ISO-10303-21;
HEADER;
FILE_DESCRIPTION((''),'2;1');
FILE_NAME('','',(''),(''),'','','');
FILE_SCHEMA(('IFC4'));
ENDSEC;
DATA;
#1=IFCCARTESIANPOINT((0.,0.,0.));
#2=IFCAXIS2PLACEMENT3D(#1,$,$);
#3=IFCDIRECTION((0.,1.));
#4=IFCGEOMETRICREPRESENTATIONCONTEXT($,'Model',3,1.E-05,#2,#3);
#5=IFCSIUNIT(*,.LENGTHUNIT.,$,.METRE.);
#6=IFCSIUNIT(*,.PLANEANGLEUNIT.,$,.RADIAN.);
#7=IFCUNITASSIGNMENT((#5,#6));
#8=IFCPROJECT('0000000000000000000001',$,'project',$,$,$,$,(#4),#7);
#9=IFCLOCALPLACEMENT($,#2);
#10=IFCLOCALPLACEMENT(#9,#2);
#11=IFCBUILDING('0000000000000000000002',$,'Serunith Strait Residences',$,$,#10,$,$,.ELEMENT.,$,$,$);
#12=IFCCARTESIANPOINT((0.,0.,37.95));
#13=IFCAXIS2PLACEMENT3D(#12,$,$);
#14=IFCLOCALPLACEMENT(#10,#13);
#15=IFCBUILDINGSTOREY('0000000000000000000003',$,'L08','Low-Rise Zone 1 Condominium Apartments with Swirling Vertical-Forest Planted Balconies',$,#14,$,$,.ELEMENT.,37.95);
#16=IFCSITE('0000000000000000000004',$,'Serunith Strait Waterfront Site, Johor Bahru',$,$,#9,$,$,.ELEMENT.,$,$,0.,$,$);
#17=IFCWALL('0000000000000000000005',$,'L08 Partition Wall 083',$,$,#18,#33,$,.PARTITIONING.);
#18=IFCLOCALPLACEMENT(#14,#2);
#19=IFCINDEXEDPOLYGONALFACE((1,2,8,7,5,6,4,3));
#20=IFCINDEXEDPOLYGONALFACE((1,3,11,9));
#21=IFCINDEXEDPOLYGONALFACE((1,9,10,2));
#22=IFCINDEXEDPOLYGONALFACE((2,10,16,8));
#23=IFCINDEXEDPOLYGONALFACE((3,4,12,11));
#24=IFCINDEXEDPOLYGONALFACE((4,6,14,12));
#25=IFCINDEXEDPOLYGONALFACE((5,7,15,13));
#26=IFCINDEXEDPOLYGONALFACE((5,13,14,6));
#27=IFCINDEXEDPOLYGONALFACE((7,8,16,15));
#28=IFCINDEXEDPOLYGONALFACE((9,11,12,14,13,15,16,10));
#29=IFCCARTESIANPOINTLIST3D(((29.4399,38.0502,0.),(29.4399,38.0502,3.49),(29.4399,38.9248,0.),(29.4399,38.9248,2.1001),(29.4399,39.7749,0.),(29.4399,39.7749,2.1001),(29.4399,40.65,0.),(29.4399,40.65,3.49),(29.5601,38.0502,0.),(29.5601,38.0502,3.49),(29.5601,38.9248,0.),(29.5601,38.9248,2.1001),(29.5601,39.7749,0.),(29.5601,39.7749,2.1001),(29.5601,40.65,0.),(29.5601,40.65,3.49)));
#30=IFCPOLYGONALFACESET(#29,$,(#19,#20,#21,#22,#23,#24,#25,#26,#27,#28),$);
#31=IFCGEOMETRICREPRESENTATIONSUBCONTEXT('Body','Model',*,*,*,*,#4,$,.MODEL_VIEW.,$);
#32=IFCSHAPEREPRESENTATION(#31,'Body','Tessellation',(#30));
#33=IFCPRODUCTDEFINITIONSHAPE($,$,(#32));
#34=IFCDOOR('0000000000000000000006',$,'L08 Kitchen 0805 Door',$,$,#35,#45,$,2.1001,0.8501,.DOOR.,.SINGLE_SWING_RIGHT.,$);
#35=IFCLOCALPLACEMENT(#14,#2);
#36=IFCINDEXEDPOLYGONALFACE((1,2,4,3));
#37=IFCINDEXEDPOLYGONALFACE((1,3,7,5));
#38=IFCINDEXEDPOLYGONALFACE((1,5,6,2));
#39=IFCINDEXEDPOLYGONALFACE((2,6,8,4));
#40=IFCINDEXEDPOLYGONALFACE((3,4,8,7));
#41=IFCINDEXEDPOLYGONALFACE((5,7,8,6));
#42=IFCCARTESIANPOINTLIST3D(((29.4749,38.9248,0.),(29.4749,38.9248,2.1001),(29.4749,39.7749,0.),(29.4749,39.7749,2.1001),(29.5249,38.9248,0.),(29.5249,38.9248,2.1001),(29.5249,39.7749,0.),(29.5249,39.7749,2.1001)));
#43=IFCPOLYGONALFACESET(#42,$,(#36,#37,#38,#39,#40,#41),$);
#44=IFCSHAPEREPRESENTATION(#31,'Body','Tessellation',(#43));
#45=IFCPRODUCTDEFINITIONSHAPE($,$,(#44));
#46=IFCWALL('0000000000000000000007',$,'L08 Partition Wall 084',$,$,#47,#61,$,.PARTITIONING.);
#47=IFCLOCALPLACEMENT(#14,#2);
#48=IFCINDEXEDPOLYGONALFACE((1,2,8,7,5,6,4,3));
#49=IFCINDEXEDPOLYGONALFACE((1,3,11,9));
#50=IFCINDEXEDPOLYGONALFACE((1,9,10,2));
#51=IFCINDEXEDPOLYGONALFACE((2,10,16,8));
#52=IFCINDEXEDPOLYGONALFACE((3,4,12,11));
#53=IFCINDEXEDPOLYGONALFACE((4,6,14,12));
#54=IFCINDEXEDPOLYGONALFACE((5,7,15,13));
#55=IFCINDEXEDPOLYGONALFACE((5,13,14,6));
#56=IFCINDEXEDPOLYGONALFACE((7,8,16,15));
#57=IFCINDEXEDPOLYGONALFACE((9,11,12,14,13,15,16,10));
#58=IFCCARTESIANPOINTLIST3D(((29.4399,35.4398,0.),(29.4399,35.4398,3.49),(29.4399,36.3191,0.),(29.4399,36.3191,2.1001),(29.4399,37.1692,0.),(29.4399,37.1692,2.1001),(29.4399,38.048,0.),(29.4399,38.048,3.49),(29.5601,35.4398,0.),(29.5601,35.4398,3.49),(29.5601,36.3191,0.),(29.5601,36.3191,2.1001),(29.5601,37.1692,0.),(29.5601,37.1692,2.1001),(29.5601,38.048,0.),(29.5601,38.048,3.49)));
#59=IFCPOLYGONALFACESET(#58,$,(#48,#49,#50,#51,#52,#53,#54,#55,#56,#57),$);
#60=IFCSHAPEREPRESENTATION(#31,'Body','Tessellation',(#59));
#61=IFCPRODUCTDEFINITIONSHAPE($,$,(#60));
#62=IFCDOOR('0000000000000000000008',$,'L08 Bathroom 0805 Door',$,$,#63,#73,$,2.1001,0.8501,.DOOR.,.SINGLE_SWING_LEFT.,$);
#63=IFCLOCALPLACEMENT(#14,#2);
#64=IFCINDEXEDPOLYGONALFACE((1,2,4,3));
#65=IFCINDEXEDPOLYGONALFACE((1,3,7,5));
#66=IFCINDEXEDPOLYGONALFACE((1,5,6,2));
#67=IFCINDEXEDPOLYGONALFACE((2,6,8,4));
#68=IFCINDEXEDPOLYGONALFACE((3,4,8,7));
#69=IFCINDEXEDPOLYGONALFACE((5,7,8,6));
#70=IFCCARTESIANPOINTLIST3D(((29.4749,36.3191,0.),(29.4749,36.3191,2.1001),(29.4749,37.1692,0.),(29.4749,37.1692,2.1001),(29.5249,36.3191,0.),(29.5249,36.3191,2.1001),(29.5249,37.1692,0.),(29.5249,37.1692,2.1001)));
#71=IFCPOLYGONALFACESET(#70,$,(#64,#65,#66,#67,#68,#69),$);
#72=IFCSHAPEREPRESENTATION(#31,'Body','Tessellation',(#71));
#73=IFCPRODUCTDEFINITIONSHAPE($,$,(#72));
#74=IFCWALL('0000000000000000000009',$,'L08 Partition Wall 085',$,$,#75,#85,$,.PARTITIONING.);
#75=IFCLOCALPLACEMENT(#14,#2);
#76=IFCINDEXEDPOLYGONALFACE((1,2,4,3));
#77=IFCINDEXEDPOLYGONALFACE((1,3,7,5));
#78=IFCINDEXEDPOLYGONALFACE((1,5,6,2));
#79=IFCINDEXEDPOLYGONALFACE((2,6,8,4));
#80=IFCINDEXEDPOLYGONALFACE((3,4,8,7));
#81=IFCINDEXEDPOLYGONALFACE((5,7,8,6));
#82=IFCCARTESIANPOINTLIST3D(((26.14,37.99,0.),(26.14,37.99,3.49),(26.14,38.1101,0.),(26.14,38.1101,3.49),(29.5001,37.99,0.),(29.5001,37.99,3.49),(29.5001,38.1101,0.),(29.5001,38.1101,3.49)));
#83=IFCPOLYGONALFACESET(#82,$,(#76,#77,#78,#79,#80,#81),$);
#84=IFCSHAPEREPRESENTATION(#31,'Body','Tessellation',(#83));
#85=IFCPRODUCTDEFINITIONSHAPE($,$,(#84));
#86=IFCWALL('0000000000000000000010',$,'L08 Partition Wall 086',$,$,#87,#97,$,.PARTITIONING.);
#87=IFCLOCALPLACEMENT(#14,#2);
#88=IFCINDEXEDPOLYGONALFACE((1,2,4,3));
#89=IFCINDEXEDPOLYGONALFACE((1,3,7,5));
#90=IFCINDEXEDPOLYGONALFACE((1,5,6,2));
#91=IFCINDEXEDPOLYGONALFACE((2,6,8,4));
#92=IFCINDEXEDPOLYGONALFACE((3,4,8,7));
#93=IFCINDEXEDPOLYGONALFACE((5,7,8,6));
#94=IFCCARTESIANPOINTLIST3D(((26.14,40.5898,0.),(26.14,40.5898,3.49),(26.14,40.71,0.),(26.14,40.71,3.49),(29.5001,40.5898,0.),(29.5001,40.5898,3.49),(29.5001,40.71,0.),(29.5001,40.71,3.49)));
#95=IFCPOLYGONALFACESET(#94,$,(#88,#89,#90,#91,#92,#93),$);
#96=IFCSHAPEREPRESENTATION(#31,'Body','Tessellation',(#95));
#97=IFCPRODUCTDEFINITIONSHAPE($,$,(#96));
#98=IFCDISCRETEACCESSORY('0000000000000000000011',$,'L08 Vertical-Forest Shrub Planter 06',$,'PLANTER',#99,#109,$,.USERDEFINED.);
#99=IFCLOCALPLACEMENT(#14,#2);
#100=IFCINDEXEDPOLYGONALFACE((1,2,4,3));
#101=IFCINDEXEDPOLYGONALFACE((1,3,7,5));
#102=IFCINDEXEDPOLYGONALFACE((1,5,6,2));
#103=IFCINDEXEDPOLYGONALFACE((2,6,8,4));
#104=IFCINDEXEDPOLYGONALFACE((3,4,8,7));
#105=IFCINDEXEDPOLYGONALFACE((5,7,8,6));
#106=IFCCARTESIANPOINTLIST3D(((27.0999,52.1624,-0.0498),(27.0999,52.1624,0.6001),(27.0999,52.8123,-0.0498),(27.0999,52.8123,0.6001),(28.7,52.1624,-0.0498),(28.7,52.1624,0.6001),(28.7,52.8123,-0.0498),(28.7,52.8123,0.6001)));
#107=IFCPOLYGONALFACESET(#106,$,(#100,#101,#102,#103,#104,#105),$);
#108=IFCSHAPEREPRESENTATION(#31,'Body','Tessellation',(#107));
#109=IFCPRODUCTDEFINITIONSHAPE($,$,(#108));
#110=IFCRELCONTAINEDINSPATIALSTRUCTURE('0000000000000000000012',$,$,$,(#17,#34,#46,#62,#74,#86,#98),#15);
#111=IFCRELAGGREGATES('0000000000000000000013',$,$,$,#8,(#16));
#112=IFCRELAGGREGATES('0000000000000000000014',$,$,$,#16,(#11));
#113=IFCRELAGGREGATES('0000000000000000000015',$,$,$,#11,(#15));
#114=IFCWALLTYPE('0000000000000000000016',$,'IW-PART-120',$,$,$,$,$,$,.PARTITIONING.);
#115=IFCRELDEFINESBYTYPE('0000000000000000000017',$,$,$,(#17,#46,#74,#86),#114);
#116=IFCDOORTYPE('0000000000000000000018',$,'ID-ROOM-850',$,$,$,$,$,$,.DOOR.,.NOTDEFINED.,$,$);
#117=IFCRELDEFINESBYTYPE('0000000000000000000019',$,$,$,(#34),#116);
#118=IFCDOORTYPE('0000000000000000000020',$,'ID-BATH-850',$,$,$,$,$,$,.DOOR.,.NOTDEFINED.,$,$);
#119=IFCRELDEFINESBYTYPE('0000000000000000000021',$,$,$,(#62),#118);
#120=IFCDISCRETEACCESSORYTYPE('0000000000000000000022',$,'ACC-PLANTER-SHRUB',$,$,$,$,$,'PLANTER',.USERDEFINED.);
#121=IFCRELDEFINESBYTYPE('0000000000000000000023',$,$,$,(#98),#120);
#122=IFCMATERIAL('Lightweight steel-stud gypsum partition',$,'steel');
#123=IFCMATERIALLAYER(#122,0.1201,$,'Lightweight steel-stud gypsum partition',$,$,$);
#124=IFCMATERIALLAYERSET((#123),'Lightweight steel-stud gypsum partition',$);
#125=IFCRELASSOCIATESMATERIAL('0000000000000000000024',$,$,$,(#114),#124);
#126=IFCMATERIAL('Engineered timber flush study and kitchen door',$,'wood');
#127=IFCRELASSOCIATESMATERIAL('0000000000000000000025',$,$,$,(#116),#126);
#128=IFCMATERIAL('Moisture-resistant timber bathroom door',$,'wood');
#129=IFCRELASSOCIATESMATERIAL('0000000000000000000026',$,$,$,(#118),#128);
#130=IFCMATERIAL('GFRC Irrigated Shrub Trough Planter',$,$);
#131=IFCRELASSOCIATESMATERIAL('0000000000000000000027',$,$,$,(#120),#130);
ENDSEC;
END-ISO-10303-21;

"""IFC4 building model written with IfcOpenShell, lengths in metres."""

from ifc_helpers import new_model, si_unit, direction, frame, frame_2d, origin, origin_2d, place, context, subcontext, project, spatial, rectangle, extrude, source, transform, mapped, material, layer, layer_set, type_object, element, fill, save


model = new_model("IFC4")

# Units and contexts
model_context = context("Model", 3, precision=1e-05, world=origin(), true_north=direction((0.0, 1.0)))
body_context = subcontext(model_context, "Body", "Model", "MODEL_VIEW")
ifc_project = project(units=[si_unit("LENGTHUNIT", "METRE"), si_unit("PLANEANGLEUNIT", "RADIAN")], contexts=[model_context])

# Site, building, storey
site_placement = place(None, origin())
site = spatial("IfcSite", under=ifc_project, at=site_placement, Name="Serunith Strait Waterfront Site, Johor Bahru", CompositionType="ELEMENT", RefElevation=0.0)
building_placement = place(site_placement, origin())
building = spatial("IfcBuilding", under=site, at=building_placement, Name="Serunith Strait Residences", CompositionType="ELEMENT")
storey_placement = place(building_placement, frame((0.0, 0.0, 37.95)))
storey = spatial("IfcBuildingStorey", under=building, at=storey_placement, Name="L08", Description="Low-Rise Zone 1 Condominium Apartments with Swirling Vertical-Forest Planted Balconies", CompositionType="ELEMENT", Elevation=37.95)

# Shared definitions
ifc_material_1 = material(Name="Lightweight steel-stud gypsum partition", Category="steel")
ifc_layer_1 = layer(ifc_material_1, 0.1201, Name="Lightweight steel-stud gypsum partition")
ifc_layer_set_1 = layer_set([ifc_layer_1], Name="Lightweight steel-stud gypsum partition")
wall_type = type_object("IfcWallType", Name="IW-PART-120", PredefinedType="PARTITIONING", material=ifc_layer_set_1)
ifc_material_2 = material(Name="Engineered timber flush study and kitchen door", Category="wood")
door_type_1 = type_object("IfcDoorType", Name="ID-ROOM-850", OperationType="NOTDEFINED", PredefinedType="DOOR", material=ifc_material_2)
shared_shape_1 = source(origin(), body_context, "Body", "SweptSolid", [
    extrude(rectangle(XDim=0.8501, YDim=2.1001, at=frame_2d((0.425, 1.05))), frame((0.0, 0.0249, 0.0), z_axis=(0.0, -1.0, 0.0), x_axis=(1.0, 0.0, 0.0)), (0.0, 0.0, 1.0), 0.05),
])

# Walls, openings, doors
wall_1_placement = place(storey_placement, frame((29.5, 40.6499, 0.0), z_axis=(0.0, 0.0, 1.0), x_axis=(0.0, -1.0, 0.0)))
wall_1 = element("IfcWall", 1, at=wall_1_placement, inside=storey, type_object=wall_type, Name="L08 Partition Wall 083", PredefinedType="PARTITIONING", context=body_context, shape_type="SweptSolid", body=[
    extrude(rectangle(XDim=2.5999, YDim=0.1201, at=frame_2d((1.2998, 0.0))), origin(), (0.0, 0.0, 1.0), 3.49),
])
opening_1_placement = place(wall_1_placement, frame((0.875, 0.0, 0.0)))
opening_1 = element("IfcOpeningElement", 2, at=opening_1_placement, cuts=wall_1, PredefinedType="OPENING", context=body_context, shape_type="SweptSolid", body=[
    extrude(rectangle(XDim=0.8501, YDim=2.1001, at=frame_2d((0.425, 1.05))), frame((0.0, 0.0701, 0.0), z_axis=(0.0, -1.0, 0.0), x_axis=(1.0, 0.0, 0.0)), (0.0, 0.0, 1.0), 0.1401),
])
door_1_placement = place(opening_1_placement, origin())
door_1 = element("IfcDoor", 3, at=door_1_placement, inside=storey, type_object=door_type_1, Name="L08 Kitchen 0805 Door", OperationType="SINGLE_SWING_RIGHT", OverallHeight=2.1001, OverallWidth=0.8501, PredefinedType="DOOR", context=body_context, shape_type="MappedRepresentation", body=[
    mapped(shared_shape_1, transform((0.0, 0.0, 0.0), scale=1.0)),
])
fill(opening_1, door_1)
wall_2_placement = place(storey_placement, frame((29.5, 38.0481, 0.0), z_axis=(0.0, 0.0, 1.0), x_axis=(0.0, -1.0, 0.0)))
wall_2 = element("IfcWall", 4, at=wall_2_placement, inside=storey, type_object=wall_type, Name="L08 Partition Wall 084", PredefinedType="PARTITIONING", context=body_context, shape_type="SweptSolid", body=[
    extrude(rectangle(XDim=2.6082, YDim=0.1201, at=frame_2d((1.3042, 0.0))), origin(), (0.0, 0.0, 1.0), 3.49),
])
opening_2_placement = place(wall_2_placement, frame((0.8789, 0.0, 0.0)))
opening_2 = element("IfcOpeningElement", 5, at=opening_2_placement, cuts=wall_2, PredefinedType="OPENING", context=body_context, shape_type="SweptSolid", body=[
    extrude(rectangle(XDim=0.8501, YDim=2.1001, at=frame_2d((0.425, 1.05))), frame((0.0, 0.0701, 0.0), z_axis=(0.0, -1.0, 0.0), x_axis=(1.0, 0.0, 0.0)), (0.0, 0.0, 1.0), 0.1401),
])
ifc_material_3 = material(Name="Moisture-resistant timber bathroom door", Category="wood")
door_type_2 = type_object("IfcDoorType", Name="ID-BATH-850", OperationType="NOTDEFINED", PredefinedType="DOOR", material=ifc_material_3)
door_2_placement = place(opening_2_placement, origin())
door_2 = element("IfcDoor", 6, at=door_2_placement, inside=storey, type_object=door_type_2, Name="L08 Bathroom 0805 Door", OperationType="SINGLE_SWING_LEFT", OverallHeight=2.1001, OverallWidth=0.8501, PredefinedType="DOOR", context=body_context, shape_type="MappedRepresentation", body=[
    mapped(shared_shape_1, transform((0.0, 0.0, 0.0), scale=1.0)),
])
fill(opening_2, door_2)

# Walls
for number, where, z_axis, x_axis, name in (
    (7, (26.1399, 38.05, 0.0), (0.0, 0.0, 1.0), (1.0, 0.0, 0.0), "L08 Partition Wall 085"),
    (8, (26.1399, 40.6499, 0.0), (0.0, 0.0, 1.0), (1.0, 0.0, 0.0), "L08 Partition Wall 086"),
):
    element("IfcWall", number, at=place(storey_placement, frame(where, z_axis=z_axis, x_axis=x_axis)), inside=storey, type_object=wall_type, Name=name, PredefinedType="PARTITIONING", context=body_context, shape_type="SweptSolid", body=[
        extrude(rectangle(XDim=3.3601, YDim=0.1201, at=frame_2d((1.6802, 0.0))), origin(), (0.0, 0.0, 1.0), 3.49),
    ])

# Discrete accessory
ifc_material_4 = material(Name="GFRC Irrigated Shrub Trough Planter")
discrete_accessory_type = type_object("IfcDiscreteAccessoryType", Name="ACC-PLANTER-SHRUB", ElementType="PLANTER", PredefinedType="USERDEFINED", material=ifc_material_4)
shared_shape_2 = source(origin(), body_context, "Body", "SweptSolid", [
    extrude(rectangle(XDim=1.6001, YDim=0.6499, at=origin_2d()), origin(), (0.0, 0.0, 1.0), 0.6499),
])
discrete_accessory_placement = place(storey_placement, frame((27.8999, 52.4873, -0.0498), z_axis=(0.0, 0.0, 1.0), x_axis=(-1.0, 0.0, 0.0)))
element("IfcDiscreteAccessory", 9, at=discrete_accessory_placement, inside=storey, type_object=discrete_accessory_type, Name="L08 Vertical-Forest Shrub Planter 06", ObjectType="PLANTER", PredefinedType="USERDEFINED", context=body_context, shape_type="MappedRepresentation", body=[
    mapped(shared_shape_2, transform((0.0, 0.0, 0.0), scale=1.0)),
])

save(model, "model.ifc")
